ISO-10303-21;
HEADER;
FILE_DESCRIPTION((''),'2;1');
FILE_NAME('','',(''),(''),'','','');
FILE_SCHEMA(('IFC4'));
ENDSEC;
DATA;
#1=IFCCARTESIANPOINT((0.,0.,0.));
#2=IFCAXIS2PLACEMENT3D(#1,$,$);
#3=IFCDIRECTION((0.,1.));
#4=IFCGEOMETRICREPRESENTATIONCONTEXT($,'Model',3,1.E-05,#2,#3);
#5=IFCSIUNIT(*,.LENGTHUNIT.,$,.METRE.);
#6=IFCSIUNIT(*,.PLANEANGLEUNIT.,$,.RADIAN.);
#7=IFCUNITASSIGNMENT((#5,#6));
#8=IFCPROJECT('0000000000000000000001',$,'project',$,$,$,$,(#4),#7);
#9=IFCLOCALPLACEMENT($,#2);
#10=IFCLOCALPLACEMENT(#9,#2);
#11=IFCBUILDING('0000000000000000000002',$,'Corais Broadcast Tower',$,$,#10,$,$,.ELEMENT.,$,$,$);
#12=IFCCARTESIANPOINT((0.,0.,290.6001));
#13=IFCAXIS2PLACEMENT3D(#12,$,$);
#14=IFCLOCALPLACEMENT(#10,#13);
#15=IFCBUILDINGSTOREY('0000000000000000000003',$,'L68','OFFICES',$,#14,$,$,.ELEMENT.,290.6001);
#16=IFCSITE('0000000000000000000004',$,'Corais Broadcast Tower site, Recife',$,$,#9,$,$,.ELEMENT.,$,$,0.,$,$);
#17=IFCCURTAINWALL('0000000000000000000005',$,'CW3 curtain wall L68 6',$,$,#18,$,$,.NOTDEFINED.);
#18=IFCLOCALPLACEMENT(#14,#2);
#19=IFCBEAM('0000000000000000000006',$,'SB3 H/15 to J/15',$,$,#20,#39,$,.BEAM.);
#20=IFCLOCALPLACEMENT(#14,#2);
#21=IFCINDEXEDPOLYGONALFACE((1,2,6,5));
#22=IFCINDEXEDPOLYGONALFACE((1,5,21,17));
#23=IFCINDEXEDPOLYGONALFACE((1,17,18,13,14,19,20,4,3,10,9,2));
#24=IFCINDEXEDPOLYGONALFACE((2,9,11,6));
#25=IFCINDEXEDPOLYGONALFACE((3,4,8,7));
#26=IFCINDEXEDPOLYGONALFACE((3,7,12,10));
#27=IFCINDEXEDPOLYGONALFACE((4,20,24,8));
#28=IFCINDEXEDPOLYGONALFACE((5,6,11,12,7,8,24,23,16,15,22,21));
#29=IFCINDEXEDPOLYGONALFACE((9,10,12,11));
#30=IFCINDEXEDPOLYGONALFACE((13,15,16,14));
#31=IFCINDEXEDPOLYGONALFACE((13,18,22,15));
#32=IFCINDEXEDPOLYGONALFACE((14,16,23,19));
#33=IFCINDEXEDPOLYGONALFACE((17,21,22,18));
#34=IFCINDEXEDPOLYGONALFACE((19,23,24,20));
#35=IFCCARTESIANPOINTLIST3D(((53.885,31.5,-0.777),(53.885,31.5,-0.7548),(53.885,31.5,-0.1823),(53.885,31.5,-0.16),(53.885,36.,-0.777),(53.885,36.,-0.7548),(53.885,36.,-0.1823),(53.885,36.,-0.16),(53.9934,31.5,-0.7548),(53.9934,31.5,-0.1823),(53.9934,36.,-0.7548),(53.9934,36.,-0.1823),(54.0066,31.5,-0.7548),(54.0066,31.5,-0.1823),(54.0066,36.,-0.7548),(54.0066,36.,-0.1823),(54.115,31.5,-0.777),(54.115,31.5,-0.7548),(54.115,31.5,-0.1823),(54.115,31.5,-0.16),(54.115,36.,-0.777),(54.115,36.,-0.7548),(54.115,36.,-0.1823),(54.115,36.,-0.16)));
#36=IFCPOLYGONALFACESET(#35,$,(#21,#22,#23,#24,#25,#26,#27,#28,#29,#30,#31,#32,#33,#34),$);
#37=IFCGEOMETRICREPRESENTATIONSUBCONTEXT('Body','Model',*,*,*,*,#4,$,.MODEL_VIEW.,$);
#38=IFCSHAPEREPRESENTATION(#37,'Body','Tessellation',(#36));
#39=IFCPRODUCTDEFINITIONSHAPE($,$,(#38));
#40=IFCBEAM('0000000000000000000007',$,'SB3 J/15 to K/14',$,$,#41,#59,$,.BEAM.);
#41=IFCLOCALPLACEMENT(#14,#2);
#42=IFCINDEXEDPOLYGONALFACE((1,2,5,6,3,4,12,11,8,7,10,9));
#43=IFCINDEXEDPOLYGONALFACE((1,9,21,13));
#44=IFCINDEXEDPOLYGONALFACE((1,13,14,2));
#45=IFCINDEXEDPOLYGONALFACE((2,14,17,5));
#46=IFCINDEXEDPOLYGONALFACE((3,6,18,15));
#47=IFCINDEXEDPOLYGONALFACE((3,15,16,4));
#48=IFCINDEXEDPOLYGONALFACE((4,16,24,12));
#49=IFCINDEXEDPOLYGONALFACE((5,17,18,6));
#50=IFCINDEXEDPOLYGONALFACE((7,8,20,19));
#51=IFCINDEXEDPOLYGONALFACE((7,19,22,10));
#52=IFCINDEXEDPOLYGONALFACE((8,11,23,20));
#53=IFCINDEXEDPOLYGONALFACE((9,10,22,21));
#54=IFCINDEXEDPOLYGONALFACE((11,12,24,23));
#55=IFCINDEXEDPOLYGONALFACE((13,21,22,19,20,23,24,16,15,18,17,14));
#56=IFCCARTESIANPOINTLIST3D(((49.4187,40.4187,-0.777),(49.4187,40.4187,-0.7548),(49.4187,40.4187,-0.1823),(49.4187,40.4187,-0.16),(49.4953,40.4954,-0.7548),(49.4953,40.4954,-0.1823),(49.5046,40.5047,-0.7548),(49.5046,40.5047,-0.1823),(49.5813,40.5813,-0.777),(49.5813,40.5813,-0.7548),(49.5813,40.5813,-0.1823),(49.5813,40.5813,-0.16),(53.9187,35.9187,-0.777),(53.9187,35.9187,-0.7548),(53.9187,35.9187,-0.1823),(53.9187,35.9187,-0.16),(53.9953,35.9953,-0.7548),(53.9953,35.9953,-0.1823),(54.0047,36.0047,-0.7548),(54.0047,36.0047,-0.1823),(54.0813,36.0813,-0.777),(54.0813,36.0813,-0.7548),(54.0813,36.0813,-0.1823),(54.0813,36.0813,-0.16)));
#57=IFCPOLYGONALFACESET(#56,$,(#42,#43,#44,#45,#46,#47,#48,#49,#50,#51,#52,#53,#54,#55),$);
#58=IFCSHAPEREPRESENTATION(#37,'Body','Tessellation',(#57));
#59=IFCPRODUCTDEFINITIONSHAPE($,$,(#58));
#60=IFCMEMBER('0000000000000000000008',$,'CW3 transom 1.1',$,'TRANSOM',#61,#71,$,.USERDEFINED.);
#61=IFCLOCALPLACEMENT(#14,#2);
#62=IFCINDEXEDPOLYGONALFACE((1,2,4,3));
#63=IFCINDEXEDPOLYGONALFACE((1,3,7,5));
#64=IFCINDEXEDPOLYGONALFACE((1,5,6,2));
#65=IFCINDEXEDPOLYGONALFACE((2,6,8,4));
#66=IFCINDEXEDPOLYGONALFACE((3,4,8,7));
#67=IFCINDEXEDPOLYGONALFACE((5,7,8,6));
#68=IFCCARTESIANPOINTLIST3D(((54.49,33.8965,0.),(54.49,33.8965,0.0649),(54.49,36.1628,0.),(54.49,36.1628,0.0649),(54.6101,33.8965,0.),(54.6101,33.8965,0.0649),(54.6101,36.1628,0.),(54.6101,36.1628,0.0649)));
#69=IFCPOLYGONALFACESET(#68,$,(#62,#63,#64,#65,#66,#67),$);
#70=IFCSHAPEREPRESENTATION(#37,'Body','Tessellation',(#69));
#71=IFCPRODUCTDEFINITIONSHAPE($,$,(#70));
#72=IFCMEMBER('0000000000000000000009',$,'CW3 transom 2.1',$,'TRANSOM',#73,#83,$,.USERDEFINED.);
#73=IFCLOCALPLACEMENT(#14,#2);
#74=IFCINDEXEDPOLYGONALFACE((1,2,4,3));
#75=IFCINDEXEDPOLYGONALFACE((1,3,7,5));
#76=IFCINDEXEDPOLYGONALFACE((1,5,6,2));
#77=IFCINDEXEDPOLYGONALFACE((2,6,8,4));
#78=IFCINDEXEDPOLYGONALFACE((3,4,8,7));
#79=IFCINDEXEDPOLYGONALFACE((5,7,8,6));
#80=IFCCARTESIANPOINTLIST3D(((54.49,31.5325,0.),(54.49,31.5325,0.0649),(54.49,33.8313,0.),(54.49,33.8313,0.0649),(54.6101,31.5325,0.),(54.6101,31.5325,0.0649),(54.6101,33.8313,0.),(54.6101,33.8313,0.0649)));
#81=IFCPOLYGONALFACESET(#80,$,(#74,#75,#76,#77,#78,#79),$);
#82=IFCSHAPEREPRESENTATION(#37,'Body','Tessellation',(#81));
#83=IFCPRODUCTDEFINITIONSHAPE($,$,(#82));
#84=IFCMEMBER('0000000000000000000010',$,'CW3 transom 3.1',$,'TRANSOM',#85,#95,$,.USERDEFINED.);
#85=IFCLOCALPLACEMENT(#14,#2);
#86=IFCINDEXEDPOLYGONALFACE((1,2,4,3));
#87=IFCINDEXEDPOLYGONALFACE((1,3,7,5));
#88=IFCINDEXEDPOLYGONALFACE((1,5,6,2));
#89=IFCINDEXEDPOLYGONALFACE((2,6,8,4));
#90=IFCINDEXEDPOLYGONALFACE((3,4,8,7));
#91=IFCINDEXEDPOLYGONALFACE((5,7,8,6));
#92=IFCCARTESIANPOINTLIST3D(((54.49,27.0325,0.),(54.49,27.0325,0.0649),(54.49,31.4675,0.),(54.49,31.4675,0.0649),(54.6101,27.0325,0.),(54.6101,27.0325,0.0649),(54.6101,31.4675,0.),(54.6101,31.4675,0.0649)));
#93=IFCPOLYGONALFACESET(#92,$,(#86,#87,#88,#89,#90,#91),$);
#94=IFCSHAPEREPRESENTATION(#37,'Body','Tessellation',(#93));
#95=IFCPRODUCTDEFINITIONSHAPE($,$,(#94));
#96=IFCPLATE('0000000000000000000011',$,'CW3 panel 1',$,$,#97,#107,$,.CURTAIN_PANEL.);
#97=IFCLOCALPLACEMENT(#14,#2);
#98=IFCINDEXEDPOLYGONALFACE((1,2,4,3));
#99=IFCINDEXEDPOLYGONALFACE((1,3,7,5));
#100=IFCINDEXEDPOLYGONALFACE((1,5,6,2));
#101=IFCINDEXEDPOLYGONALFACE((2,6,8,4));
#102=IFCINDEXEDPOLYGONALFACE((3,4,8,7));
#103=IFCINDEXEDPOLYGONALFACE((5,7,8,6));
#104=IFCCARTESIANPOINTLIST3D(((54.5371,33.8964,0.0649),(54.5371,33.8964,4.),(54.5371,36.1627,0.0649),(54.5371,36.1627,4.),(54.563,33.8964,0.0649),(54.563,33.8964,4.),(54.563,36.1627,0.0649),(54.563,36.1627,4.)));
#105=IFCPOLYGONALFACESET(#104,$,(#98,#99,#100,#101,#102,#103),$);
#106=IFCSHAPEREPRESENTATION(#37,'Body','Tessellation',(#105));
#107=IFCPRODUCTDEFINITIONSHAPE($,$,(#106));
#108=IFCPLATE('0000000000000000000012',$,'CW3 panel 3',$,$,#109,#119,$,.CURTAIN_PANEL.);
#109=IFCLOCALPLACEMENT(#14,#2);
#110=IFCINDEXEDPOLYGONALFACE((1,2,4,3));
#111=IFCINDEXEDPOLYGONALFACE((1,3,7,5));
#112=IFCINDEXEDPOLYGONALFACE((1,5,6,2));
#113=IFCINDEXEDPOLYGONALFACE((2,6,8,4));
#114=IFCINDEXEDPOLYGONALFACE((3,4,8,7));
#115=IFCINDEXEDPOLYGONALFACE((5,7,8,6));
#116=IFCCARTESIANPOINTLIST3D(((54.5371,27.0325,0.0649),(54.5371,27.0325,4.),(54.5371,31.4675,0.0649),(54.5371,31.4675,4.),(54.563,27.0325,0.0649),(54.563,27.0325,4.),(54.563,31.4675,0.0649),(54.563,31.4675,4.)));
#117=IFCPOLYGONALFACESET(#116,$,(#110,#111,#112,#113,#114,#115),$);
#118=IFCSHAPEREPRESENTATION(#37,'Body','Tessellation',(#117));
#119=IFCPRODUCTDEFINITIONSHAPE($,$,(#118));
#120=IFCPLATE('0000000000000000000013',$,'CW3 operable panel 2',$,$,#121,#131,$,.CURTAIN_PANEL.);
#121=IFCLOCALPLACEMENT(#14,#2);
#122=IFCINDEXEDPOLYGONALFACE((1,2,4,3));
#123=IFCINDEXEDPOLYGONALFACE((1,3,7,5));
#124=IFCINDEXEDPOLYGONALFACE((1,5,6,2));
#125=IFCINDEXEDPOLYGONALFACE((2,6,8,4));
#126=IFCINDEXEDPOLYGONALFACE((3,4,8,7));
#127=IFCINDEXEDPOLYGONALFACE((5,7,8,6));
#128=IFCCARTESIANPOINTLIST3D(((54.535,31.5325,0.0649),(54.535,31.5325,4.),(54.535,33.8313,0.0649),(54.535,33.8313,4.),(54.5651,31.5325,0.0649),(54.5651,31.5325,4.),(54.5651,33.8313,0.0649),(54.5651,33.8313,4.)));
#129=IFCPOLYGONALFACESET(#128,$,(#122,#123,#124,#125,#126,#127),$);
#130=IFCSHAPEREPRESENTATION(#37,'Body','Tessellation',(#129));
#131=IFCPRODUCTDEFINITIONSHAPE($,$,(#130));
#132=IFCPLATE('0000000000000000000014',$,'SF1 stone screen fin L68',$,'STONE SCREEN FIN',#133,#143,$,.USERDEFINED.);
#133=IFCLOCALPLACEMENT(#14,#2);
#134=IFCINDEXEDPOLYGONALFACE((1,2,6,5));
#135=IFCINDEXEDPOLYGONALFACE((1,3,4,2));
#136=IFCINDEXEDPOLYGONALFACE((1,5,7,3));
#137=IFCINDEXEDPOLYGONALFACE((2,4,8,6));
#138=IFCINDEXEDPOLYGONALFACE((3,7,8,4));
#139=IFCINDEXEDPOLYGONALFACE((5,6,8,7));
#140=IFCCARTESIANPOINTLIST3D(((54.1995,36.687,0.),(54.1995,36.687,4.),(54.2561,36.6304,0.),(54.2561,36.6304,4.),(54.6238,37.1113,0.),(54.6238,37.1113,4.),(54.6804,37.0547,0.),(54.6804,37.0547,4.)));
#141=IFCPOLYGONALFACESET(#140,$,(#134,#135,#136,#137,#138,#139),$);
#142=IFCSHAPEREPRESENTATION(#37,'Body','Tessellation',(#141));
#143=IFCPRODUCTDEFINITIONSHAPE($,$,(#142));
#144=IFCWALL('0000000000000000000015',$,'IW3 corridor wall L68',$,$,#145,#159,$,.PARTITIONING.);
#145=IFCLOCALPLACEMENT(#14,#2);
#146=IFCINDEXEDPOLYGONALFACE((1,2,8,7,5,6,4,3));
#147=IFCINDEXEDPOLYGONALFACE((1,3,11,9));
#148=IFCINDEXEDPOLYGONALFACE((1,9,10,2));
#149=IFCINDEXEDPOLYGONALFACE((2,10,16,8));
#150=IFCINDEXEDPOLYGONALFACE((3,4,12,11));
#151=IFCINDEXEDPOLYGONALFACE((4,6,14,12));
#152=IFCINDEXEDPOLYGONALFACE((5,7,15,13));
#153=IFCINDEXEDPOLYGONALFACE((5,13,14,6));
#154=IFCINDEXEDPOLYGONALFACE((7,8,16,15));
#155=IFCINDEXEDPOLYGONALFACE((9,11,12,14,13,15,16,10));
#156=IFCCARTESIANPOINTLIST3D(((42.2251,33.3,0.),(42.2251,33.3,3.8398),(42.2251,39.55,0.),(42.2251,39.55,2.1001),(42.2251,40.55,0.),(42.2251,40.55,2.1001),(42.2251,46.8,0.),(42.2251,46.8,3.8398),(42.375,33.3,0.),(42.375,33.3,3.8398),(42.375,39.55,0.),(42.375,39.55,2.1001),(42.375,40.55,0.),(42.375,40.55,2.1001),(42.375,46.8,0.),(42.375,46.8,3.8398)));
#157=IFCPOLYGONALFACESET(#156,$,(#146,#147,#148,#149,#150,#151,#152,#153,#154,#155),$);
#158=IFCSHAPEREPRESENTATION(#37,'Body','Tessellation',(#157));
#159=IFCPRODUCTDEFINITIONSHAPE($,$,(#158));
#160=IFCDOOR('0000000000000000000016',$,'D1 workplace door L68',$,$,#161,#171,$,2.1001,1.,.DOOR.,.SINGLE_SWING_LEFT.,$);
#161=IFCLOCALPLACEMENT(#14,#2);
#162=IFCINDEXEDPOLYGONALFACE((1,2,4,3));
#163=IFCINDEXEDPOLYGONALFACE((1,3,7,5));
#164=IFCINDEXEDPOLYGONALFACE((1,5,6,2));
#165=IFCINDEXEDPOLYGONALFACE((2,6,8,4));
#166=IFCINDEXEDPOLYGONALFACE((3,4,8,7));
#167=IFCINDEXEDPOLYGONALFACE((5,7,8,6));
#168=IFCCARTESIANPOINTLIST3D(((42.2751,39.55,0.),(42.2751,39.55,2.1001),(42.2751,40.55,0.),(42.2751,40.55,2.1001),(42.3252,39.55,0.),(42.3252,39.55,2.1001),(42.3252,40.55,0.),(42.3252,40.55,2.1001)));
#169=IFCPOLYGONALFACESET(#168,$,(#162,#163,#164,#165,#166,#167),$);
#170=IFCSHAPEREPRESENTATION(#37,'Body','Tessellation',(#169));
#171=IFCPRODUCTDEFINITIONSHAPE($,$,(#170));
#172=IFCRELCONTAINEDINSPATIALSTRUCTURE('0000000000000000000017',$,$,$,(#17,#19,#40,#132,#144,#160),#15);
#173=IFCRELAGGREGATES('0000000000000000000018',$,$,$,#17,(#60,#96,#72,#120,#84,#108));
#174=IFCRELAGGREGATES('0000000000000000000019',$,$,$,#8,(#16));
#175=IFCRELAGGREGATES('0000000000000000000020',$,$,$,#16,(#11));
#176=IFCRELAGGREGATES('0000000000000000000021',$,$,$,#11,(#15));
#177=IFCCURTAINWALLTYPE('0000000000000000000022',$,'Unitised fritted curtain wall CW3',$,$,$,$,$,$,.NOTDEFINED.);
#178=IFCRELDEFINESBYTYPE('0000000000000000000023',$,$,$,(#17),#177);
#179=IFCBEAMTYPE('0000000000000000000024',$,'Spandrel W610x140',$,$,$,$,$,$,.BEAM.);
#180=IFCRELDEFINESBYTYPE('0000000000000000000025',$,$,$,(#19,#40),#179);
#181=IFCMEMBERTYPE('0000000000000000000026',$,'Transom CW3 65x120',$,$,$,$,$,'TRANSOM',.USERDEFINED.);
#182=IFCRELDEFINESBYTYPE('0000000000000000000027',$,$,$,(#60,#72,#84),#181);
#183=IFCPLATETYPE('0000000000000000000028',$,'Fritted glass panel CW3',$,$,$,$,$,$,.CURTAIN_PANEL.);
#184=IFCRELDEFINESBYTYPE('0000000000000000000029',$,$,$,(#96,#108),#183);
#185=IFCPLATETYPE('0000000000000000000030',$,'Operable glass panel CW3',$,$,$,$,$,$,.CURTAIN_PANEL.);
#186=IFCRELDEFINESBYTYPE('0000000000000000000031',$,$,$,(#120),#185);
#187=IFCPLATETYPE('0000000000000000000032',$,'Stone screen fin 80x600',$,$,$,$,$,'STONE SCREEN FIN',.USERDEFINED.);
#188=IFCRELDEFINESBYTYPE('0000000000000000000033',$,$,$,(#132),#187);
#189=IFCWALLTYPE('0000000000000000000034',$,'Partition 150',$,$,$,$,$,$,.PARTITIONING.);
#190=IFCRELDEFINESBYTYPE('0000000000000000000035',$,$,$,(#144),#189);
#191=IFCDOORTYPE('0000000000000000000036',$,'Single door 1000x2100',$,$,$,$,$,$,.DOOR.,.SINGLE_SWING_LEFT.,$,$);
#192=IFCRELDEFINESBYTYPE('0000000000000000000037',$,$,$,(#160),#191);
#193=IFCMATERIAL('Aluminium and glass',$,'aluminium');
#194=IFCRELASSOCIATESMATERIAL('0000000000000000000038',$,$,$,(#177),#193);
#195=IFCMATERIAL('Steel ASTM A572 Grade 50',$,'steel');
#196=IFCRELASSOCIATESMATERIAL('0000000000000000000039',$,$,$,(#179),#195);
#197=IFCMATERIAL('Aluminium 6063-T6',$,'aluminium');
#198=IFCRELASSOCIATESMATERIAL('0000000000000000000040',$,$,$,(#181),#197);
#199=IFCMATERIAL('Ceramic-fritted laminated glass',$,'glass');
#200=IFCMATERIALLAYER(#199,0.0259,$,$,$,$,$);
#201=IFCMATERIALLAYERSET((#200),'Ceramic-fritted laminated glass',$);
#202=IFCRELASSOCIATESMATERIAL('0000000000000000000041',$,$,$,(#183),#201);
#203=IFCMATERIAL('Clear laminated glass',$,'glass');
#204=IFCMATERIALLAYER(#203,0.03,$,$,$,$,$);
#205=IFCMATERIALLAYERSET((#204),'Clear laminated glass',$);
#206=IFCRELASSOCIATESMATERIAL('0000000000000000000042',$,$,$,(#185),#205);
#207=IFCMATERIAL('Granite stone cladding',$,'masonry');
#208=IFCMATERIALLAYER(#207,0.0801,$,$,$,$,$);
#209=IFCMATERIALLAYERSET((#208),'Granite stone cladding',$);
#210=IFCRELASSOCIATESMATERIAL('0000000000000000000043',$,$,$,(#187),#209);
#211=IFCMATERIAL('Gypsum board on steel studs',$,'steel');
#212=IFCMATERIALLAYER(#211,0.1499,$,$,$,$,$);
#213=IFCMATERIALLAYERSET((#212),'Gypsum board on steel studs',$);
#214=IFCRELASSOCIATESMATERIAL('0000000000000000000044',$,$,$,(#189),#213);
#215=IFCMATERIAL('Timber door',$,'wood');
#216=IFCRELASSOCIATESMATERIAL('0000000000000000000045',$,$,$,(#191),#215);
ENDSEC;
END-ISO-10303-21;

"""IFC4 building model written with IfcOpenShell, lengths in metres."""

from ifc_helpers import new_model, si_unit, direction, frame, frame_2d, origin, origin_2d, place, context, subcontext, project, spatial, rectangle, i_section, extrude, material, layer, layer_set, material_profile, profile_set, type_object, element, fill, aggregate, save


model = new_model("IFC4")

# Units and contexts
model_context = context("Model", 3, precision=1e-05, world=origin(), true_north=direction((0.0, 1.0)))
body_context = subcontext(model_context, "Body", "Model", "MODEL_VIEW")
ifc_project = project(units=[si_unit("LENGTHUNIT", "METRE"), si_unit("PLANEANGLEUNIT", "RADIAN")], contexts=[model_context])

# Site, building, storey
site_placement = place(None, origin())
site = spatial("IfcSite", under=ifc_project, at=site_placement, Name="Corais Broadcast Tower site, Recife", CompositionType="ELEMENT", RefElevation=0.0)
building_placement = place(site_placement, origin())
building = spatial("IfcBuilding", under=site, at=building_placement, Name="Corais Broadcast Tower", CompositionType="ELEMENT")
storey_placement = place(building_placement, frame((0.0, 0.0, 290.6001)))
storey = spatial("IfcBuildingStorey", under=building, at=storey_placement, Name="L68", Description="OFFICES", CompositionType="ELEMENT", Elevation=290.6001)

# Shared definitions
ifc_material_1 = material(Name="Aluminium and glass", Category="aluminium")
curtain_wall_type = type_object("IfcCurtainWallType", Name="Unitised fritted curtain wall CW3", PredefinedType="NOTDEFINED", material=ifc_material_1)

# Curtain wall
curtain_wall_1_placement = place(storey_placement, origin())
curtain_wall_1 = element("IfcCurtainWall", 1, at=curtain_wall_1_placement, inside=storey, type_object=curtain_wall_type, Name="CW3 curtain wall L68 6", PredefinedType="NOTDEFINED")

# Beams
ifc_material_2 = material(Name="Steel ASTM A572 Grade 50", Category="steel")
ifc_material_profile_1 = material_profile(ifc_material_2, i_section(OverallWidth=0.23, OverallDepth=0.6169, WebThickness=0.0132, FlangeThickness=0.0222, at=origin_2d()), Name="W610x140")
ifc_profile_set_1 = profile_set([ifc_material_profile_1], Name="Steel ASTM A572 Grade 50")
beam_type_1 = type_object("IfcBeamType", Name="Spandrel W610x140", PredefinedType="BEAM", material=ifc_profile_set_1)
for number, where, z_axis, x_axis, name in (
    (2, (54.0, 31.5, -0.4685), (0.0, 1.0, 0.0), (-1.0, 0.0, 0.0), "SB3 H/15 to J/15"),
):
    element("IfcBeam", number, at=place(storey_placement, frame(where, z_axis=z_axis, x_axis=x_axis)), inside=storey, type_object=beam_type_1, Name=name, PredefinedType="BEAM", context=body_context, shape_type="SweptSolid", body=[
        extrude(i_section(OverallWidth=0.23, OverallDepth=0.6169, WebThickness=0.0132, FlangeThickness=0.0222, at=origin_2d()), origin(), (0.0, 0.0, 1.0), 4.5),
    ])
beam_placement = place(storey_placement, frame((54.0, 36.0, -0.4685), z_axis=(-0.707107, 0.707107, 0.0), x_axis=(-0.707107, -0.707107, 0.0)))
element("IfcBeam", 3, at=beam_placement, inside=storey, type_object=beam_type_1, Name="SB3 J/15 to K/14", PredefinedType="BEAM", context=body_context, shape_type="SweptSolid", body=[
    extrude(i_section(OverallWidth=0.23, OverallDepth=0.6169, WebThickness=0.0132, FlangeThickness=0.0222, at=origin_2d()), origin(), (0.0, 0.0, 1.0), 6.364),
])

# Members
ifc_material_3 = material(Name="Aluminium 6063-T6", Category="aluminium")
ifc_material_profile_2 = material_profile(ifc_material_3, rectangle(XDim=0.1201, YDim=0.0649, at=origin_2d()), Name="Transom CW3 65x120")
ifc_profile_set_2 = profile_set([ifc_material_profile_2], Name="Aluminium 6063-T6")
member_type_1 = type_object("IfcMemberType", Name="Transom CW3 65x120", ElementType="TRANSOM", PredefinedType="USERDEFINED", material=ifc_profile_set_2)
member_1_placement = place(storey_placement, frame((54.55, 36.1628, 0.0325), z_axis=(0.0, -1.0, 0.0), x_axis=(1.0, 0.0, 0.0)))
member_1 = element("IfcMember", 4, at=member_1_placement, type_object=member_type_1, Name="CW3 transom 1.1", ObjectType="TRANSOM", PredefinedType="USERDEFINED", context=body_context, shape_type="SweptSolid", body=[
    extrude(rectangle(XDim=0.1201, YDim=0.0649, at=origin_2d()), origin(), (0.0, 0.0, 1.0), 2.2664),
])
member_2_placement = place(storey_placement, frame((54.55, 33.8313, 0.0325), z_axis=(0.0, -1.0, 0.0), x_axis=(1.0, 0.0, 0.0)))
member_2 = element("IfcMember", 5, at=member_2_placement, type_object=member_type_1, Name="CW3 transom 2.1", ObjectType="TRANSOM", PredefinedType="USERDEFINED", context=body_context, shape_type="SweptSolid", body=[
    extrude(rectangle(XDim=0.1201, YDim=0.0649, at=origin_2d()), origin(), (0.0, 0.0, 1.0), 2.2988),
])
member_3_placement = place(storey_placement, frame((54.55, 31.4675, 0.0325), z_axis=(0.0, -1.0, 0.0), x_axis=(1.0, 0.0, 0.0)))
member_3 = element("IfcMember", 6, at=member_3_placement, type_object=member_type_1, Name="CW3 transom 3.1", ObjectType="TRANSOM", PredefinedType="USERDEFINED", context=body_context, shape_type="SweptSolid", body=[
    extrude(rectangle(XDim=0.1201, YDim=0.0649, at=origin_2d()), origin(), (0.0, 0.0, 1.0), 4.4351),
])

# Plates
ifc_material_4 = material(Name="Ceramic-fritted laminated glass", Category="glass")
ifc_layer_1 = layer(ifc_material_4, 0.0259)
ifc_layer_set_1 = layer_set([ifc_layer_1], Name="Ceramic-fritted laminated glass")
plate_type_1 = type_object("IfcPlateType", Name="Fritted glass panel CW3", PredefinedType="CURTAIN_PANEL", material=ifc_layer_set_1)
plate_1_placement = place(storey_placement, frame((54.55, 35.0295, 0.0649), z_axis=(0.0, 0.0, 1.0), x_axis=(0.0, -1.0, 0.0)))
plate_1 = element("IfcPlate", 7, at=plate_1_placement, type_object=plate_type_1, Name="CW3 panel 1", PredefinedType="CURTAIN_PANEL", context=body_context, shape_type="SweptSolid", body=[
    extrude(rectangle(XDim=2.2664, YDim=0.0259, at=origin_2d()), origin(), (0.0, 0.0, 1.0), 3.9351),
])
plate_2_placement = place(storey_placement, frame((54.55, 29.25, 0.0649), z_axis=(0.0, 0.0, 1.0), x_axis=(0.0, -1.0, 0.0)))
plate_2 = element("IfcPlate", 8, at=plate_2_placement, type_object=plate_type_1, Name="CW3 panel 3", PredefinedType="CURTAIN_PANEL", context=body_context, shape_type="SweptSolid", body=[
    extrude(rectangle(XDim=4.4351, YDim=0.0259, at=origin_2d()), origin(), (0.0, 0.0, 1.0), 3.9351),
])
ifc_material_5 = material(Name="Clear laminated glass", Category="glass")
ifc_layer_2 = layer(ifc_material_5, 0.03)
ifc_layer_set_2 = layer_set([ifc_layer_2], Name="Clear laminated glass")
plate_type_2 = type_object("IfcPlateType", Name="Operable glass panel CW3", PredefinedType="CURTAIN_PANEL", material=ifc_layer_set_2)
plate_3_placement = place(storey_placement, frame((54.55, 32.6819, 0.0649), z_axis=(0.0, 0.0, 1.0), x_axis=(0.0, -1.0, 0.0)))
plate_3 = element("IfcPlate", 9, at=plate_3_placement, type_object=plate_type_2, Name="CW3 operable panel 2", PredefinedType="CURTAIN_PANEL", context=body_context, shape_type="SweptSolid", body=[
    extrude(rectangle(XDim=2.2988, YDim=0.03, at=origin_2d()), origin(), (0.0, 0.0, 1.0), 3.9351),
])
aggregate(curtain_wall_1, [member_1, plate_1, member_2, plate_3, member_3, plate_2])
ifc_material_6 = material(Name="Granite stone cladding", Category="masonry")
ifc_layer_3 = layer(ifc_material_6, 0.0801)
ifc_layer_set_3 = layer_set([ifc_layer_3], Name="Granite stone cladding")
plate_type_3 = type_object("IfcPlateType", Name="Stone screen fin 80x600", ElementType="STONE SCREEN FIN", PredefinedType="USERDEFINED", material=ifc_layer_set_3)
plate_4_placement = place(storey_placement, frame((54.4399, 36.8708, 0.0), z_axis=(0.0, 0.0, 1.0), x_axis=(0.707107, -0.707107, 0.0)))
element("IfcPlate", 10, at=plate_4_placement, inside=storey, type_object=plate_type_3, Name="SF1 stone screen fin L68", ObjectType="STONE SCREEN FIN", PredefinedType="USERDEFINED", context=body_context, shape_type="SweptSolid", body=[
    extrude(rectangle(XDim=0.0801, YDim=0.6001, at=origin_2d()), origin(), (0.0, 0.0, 1.0), 4.0),
])

# Wall, opening, door
ifc_material_7 = material(Name="Gypsum board on steel studs", Category="steel")
ifc_layer_4 = layer(ifc_material_7, 0.1499)
ifc_layer_set_4 = layer_set([ifc_layer_4], Name="Gypsum board on steel studs")
wall_type = type_object("IfcWallType", Name="Partition 150", PredefinedType="PARTITIONING", material=ifc_layer_set_4)
wall_1_placement = place(storey_placement, frame((42.3, 33.3, 0.0), z_axis=(0.0, 0.0, 1.0), x_axis=(0.0, 1.0, 0.0)))
wall_1 = element("IfcWall", 11, at=wall_1_placement, inside=storey, type_object=wall_type, Name="IW3 corridor wall L68", PredefinedType="PARTITIONING", context=body_context, shape_type="SweptSolid", body=[
    extrude(rectangle(XDim=13.5, YDim=0.1499, at=frame_2d((6.75, 0.0))), origin(), (0.0, 0.0, 1.0), 3.8398),
])
opening_1_placement = place(wall_1_placement, frame((6.25, 0.0, 0.0)))
opening_1 = element("IfcOpeningElement", 12, at=opening_1_placement, cuts=wall_1, PredefinedType="OPENING", context=body_context, shape_type="SweptSolid", body=[
    extrude(rectangle(XDim=1.0, YDim=2.1001, at=frame_2d((0.5, 1.05))), frame((0.0, 0.085, 0.0), z_axis=(0.0, -1.0, 0.0), x_axis=(1.0, 0.0, 0.0)), (0.0, 0.0, 1.0), 0.1699),
])
ifc_material_8 = material(Name="Timber door", Category="wood")
door_type = type_object("IfcDoorType", Name="Single door 1000x2100", OperationType="SINGLE_SWING_LEFT", PredefinedType="DOOR", material=ifc_material_8)
door_1_placement = place(opening_1_placement, origin())
door_1 = element("IfcDoor", 13, at=door_1_placement, inside=storey, type_object=door_type, Name="D1 workplace door L68", OperationType="SINGLE_SWING_LEFT", OverallHeight=2.1001, OverallWidth=1.0, PredefinedType="DOOR", context=body_context, shape_type="SweptSolid", body=[
    extrude(rectangle(XDim=1.0, YDim=2.1001, at=frame_2d((0.5, 1.05))), frame((0.0, 0.0249, 0.0), z_axis=(0.0, -1.0, 0.0), x_axis=(1.0, 0.0, 0.0)), (0.0, 0.0, 1.0), 0.05),
])
fill(opening_1, door_1)

save(model, "model.ifc")
